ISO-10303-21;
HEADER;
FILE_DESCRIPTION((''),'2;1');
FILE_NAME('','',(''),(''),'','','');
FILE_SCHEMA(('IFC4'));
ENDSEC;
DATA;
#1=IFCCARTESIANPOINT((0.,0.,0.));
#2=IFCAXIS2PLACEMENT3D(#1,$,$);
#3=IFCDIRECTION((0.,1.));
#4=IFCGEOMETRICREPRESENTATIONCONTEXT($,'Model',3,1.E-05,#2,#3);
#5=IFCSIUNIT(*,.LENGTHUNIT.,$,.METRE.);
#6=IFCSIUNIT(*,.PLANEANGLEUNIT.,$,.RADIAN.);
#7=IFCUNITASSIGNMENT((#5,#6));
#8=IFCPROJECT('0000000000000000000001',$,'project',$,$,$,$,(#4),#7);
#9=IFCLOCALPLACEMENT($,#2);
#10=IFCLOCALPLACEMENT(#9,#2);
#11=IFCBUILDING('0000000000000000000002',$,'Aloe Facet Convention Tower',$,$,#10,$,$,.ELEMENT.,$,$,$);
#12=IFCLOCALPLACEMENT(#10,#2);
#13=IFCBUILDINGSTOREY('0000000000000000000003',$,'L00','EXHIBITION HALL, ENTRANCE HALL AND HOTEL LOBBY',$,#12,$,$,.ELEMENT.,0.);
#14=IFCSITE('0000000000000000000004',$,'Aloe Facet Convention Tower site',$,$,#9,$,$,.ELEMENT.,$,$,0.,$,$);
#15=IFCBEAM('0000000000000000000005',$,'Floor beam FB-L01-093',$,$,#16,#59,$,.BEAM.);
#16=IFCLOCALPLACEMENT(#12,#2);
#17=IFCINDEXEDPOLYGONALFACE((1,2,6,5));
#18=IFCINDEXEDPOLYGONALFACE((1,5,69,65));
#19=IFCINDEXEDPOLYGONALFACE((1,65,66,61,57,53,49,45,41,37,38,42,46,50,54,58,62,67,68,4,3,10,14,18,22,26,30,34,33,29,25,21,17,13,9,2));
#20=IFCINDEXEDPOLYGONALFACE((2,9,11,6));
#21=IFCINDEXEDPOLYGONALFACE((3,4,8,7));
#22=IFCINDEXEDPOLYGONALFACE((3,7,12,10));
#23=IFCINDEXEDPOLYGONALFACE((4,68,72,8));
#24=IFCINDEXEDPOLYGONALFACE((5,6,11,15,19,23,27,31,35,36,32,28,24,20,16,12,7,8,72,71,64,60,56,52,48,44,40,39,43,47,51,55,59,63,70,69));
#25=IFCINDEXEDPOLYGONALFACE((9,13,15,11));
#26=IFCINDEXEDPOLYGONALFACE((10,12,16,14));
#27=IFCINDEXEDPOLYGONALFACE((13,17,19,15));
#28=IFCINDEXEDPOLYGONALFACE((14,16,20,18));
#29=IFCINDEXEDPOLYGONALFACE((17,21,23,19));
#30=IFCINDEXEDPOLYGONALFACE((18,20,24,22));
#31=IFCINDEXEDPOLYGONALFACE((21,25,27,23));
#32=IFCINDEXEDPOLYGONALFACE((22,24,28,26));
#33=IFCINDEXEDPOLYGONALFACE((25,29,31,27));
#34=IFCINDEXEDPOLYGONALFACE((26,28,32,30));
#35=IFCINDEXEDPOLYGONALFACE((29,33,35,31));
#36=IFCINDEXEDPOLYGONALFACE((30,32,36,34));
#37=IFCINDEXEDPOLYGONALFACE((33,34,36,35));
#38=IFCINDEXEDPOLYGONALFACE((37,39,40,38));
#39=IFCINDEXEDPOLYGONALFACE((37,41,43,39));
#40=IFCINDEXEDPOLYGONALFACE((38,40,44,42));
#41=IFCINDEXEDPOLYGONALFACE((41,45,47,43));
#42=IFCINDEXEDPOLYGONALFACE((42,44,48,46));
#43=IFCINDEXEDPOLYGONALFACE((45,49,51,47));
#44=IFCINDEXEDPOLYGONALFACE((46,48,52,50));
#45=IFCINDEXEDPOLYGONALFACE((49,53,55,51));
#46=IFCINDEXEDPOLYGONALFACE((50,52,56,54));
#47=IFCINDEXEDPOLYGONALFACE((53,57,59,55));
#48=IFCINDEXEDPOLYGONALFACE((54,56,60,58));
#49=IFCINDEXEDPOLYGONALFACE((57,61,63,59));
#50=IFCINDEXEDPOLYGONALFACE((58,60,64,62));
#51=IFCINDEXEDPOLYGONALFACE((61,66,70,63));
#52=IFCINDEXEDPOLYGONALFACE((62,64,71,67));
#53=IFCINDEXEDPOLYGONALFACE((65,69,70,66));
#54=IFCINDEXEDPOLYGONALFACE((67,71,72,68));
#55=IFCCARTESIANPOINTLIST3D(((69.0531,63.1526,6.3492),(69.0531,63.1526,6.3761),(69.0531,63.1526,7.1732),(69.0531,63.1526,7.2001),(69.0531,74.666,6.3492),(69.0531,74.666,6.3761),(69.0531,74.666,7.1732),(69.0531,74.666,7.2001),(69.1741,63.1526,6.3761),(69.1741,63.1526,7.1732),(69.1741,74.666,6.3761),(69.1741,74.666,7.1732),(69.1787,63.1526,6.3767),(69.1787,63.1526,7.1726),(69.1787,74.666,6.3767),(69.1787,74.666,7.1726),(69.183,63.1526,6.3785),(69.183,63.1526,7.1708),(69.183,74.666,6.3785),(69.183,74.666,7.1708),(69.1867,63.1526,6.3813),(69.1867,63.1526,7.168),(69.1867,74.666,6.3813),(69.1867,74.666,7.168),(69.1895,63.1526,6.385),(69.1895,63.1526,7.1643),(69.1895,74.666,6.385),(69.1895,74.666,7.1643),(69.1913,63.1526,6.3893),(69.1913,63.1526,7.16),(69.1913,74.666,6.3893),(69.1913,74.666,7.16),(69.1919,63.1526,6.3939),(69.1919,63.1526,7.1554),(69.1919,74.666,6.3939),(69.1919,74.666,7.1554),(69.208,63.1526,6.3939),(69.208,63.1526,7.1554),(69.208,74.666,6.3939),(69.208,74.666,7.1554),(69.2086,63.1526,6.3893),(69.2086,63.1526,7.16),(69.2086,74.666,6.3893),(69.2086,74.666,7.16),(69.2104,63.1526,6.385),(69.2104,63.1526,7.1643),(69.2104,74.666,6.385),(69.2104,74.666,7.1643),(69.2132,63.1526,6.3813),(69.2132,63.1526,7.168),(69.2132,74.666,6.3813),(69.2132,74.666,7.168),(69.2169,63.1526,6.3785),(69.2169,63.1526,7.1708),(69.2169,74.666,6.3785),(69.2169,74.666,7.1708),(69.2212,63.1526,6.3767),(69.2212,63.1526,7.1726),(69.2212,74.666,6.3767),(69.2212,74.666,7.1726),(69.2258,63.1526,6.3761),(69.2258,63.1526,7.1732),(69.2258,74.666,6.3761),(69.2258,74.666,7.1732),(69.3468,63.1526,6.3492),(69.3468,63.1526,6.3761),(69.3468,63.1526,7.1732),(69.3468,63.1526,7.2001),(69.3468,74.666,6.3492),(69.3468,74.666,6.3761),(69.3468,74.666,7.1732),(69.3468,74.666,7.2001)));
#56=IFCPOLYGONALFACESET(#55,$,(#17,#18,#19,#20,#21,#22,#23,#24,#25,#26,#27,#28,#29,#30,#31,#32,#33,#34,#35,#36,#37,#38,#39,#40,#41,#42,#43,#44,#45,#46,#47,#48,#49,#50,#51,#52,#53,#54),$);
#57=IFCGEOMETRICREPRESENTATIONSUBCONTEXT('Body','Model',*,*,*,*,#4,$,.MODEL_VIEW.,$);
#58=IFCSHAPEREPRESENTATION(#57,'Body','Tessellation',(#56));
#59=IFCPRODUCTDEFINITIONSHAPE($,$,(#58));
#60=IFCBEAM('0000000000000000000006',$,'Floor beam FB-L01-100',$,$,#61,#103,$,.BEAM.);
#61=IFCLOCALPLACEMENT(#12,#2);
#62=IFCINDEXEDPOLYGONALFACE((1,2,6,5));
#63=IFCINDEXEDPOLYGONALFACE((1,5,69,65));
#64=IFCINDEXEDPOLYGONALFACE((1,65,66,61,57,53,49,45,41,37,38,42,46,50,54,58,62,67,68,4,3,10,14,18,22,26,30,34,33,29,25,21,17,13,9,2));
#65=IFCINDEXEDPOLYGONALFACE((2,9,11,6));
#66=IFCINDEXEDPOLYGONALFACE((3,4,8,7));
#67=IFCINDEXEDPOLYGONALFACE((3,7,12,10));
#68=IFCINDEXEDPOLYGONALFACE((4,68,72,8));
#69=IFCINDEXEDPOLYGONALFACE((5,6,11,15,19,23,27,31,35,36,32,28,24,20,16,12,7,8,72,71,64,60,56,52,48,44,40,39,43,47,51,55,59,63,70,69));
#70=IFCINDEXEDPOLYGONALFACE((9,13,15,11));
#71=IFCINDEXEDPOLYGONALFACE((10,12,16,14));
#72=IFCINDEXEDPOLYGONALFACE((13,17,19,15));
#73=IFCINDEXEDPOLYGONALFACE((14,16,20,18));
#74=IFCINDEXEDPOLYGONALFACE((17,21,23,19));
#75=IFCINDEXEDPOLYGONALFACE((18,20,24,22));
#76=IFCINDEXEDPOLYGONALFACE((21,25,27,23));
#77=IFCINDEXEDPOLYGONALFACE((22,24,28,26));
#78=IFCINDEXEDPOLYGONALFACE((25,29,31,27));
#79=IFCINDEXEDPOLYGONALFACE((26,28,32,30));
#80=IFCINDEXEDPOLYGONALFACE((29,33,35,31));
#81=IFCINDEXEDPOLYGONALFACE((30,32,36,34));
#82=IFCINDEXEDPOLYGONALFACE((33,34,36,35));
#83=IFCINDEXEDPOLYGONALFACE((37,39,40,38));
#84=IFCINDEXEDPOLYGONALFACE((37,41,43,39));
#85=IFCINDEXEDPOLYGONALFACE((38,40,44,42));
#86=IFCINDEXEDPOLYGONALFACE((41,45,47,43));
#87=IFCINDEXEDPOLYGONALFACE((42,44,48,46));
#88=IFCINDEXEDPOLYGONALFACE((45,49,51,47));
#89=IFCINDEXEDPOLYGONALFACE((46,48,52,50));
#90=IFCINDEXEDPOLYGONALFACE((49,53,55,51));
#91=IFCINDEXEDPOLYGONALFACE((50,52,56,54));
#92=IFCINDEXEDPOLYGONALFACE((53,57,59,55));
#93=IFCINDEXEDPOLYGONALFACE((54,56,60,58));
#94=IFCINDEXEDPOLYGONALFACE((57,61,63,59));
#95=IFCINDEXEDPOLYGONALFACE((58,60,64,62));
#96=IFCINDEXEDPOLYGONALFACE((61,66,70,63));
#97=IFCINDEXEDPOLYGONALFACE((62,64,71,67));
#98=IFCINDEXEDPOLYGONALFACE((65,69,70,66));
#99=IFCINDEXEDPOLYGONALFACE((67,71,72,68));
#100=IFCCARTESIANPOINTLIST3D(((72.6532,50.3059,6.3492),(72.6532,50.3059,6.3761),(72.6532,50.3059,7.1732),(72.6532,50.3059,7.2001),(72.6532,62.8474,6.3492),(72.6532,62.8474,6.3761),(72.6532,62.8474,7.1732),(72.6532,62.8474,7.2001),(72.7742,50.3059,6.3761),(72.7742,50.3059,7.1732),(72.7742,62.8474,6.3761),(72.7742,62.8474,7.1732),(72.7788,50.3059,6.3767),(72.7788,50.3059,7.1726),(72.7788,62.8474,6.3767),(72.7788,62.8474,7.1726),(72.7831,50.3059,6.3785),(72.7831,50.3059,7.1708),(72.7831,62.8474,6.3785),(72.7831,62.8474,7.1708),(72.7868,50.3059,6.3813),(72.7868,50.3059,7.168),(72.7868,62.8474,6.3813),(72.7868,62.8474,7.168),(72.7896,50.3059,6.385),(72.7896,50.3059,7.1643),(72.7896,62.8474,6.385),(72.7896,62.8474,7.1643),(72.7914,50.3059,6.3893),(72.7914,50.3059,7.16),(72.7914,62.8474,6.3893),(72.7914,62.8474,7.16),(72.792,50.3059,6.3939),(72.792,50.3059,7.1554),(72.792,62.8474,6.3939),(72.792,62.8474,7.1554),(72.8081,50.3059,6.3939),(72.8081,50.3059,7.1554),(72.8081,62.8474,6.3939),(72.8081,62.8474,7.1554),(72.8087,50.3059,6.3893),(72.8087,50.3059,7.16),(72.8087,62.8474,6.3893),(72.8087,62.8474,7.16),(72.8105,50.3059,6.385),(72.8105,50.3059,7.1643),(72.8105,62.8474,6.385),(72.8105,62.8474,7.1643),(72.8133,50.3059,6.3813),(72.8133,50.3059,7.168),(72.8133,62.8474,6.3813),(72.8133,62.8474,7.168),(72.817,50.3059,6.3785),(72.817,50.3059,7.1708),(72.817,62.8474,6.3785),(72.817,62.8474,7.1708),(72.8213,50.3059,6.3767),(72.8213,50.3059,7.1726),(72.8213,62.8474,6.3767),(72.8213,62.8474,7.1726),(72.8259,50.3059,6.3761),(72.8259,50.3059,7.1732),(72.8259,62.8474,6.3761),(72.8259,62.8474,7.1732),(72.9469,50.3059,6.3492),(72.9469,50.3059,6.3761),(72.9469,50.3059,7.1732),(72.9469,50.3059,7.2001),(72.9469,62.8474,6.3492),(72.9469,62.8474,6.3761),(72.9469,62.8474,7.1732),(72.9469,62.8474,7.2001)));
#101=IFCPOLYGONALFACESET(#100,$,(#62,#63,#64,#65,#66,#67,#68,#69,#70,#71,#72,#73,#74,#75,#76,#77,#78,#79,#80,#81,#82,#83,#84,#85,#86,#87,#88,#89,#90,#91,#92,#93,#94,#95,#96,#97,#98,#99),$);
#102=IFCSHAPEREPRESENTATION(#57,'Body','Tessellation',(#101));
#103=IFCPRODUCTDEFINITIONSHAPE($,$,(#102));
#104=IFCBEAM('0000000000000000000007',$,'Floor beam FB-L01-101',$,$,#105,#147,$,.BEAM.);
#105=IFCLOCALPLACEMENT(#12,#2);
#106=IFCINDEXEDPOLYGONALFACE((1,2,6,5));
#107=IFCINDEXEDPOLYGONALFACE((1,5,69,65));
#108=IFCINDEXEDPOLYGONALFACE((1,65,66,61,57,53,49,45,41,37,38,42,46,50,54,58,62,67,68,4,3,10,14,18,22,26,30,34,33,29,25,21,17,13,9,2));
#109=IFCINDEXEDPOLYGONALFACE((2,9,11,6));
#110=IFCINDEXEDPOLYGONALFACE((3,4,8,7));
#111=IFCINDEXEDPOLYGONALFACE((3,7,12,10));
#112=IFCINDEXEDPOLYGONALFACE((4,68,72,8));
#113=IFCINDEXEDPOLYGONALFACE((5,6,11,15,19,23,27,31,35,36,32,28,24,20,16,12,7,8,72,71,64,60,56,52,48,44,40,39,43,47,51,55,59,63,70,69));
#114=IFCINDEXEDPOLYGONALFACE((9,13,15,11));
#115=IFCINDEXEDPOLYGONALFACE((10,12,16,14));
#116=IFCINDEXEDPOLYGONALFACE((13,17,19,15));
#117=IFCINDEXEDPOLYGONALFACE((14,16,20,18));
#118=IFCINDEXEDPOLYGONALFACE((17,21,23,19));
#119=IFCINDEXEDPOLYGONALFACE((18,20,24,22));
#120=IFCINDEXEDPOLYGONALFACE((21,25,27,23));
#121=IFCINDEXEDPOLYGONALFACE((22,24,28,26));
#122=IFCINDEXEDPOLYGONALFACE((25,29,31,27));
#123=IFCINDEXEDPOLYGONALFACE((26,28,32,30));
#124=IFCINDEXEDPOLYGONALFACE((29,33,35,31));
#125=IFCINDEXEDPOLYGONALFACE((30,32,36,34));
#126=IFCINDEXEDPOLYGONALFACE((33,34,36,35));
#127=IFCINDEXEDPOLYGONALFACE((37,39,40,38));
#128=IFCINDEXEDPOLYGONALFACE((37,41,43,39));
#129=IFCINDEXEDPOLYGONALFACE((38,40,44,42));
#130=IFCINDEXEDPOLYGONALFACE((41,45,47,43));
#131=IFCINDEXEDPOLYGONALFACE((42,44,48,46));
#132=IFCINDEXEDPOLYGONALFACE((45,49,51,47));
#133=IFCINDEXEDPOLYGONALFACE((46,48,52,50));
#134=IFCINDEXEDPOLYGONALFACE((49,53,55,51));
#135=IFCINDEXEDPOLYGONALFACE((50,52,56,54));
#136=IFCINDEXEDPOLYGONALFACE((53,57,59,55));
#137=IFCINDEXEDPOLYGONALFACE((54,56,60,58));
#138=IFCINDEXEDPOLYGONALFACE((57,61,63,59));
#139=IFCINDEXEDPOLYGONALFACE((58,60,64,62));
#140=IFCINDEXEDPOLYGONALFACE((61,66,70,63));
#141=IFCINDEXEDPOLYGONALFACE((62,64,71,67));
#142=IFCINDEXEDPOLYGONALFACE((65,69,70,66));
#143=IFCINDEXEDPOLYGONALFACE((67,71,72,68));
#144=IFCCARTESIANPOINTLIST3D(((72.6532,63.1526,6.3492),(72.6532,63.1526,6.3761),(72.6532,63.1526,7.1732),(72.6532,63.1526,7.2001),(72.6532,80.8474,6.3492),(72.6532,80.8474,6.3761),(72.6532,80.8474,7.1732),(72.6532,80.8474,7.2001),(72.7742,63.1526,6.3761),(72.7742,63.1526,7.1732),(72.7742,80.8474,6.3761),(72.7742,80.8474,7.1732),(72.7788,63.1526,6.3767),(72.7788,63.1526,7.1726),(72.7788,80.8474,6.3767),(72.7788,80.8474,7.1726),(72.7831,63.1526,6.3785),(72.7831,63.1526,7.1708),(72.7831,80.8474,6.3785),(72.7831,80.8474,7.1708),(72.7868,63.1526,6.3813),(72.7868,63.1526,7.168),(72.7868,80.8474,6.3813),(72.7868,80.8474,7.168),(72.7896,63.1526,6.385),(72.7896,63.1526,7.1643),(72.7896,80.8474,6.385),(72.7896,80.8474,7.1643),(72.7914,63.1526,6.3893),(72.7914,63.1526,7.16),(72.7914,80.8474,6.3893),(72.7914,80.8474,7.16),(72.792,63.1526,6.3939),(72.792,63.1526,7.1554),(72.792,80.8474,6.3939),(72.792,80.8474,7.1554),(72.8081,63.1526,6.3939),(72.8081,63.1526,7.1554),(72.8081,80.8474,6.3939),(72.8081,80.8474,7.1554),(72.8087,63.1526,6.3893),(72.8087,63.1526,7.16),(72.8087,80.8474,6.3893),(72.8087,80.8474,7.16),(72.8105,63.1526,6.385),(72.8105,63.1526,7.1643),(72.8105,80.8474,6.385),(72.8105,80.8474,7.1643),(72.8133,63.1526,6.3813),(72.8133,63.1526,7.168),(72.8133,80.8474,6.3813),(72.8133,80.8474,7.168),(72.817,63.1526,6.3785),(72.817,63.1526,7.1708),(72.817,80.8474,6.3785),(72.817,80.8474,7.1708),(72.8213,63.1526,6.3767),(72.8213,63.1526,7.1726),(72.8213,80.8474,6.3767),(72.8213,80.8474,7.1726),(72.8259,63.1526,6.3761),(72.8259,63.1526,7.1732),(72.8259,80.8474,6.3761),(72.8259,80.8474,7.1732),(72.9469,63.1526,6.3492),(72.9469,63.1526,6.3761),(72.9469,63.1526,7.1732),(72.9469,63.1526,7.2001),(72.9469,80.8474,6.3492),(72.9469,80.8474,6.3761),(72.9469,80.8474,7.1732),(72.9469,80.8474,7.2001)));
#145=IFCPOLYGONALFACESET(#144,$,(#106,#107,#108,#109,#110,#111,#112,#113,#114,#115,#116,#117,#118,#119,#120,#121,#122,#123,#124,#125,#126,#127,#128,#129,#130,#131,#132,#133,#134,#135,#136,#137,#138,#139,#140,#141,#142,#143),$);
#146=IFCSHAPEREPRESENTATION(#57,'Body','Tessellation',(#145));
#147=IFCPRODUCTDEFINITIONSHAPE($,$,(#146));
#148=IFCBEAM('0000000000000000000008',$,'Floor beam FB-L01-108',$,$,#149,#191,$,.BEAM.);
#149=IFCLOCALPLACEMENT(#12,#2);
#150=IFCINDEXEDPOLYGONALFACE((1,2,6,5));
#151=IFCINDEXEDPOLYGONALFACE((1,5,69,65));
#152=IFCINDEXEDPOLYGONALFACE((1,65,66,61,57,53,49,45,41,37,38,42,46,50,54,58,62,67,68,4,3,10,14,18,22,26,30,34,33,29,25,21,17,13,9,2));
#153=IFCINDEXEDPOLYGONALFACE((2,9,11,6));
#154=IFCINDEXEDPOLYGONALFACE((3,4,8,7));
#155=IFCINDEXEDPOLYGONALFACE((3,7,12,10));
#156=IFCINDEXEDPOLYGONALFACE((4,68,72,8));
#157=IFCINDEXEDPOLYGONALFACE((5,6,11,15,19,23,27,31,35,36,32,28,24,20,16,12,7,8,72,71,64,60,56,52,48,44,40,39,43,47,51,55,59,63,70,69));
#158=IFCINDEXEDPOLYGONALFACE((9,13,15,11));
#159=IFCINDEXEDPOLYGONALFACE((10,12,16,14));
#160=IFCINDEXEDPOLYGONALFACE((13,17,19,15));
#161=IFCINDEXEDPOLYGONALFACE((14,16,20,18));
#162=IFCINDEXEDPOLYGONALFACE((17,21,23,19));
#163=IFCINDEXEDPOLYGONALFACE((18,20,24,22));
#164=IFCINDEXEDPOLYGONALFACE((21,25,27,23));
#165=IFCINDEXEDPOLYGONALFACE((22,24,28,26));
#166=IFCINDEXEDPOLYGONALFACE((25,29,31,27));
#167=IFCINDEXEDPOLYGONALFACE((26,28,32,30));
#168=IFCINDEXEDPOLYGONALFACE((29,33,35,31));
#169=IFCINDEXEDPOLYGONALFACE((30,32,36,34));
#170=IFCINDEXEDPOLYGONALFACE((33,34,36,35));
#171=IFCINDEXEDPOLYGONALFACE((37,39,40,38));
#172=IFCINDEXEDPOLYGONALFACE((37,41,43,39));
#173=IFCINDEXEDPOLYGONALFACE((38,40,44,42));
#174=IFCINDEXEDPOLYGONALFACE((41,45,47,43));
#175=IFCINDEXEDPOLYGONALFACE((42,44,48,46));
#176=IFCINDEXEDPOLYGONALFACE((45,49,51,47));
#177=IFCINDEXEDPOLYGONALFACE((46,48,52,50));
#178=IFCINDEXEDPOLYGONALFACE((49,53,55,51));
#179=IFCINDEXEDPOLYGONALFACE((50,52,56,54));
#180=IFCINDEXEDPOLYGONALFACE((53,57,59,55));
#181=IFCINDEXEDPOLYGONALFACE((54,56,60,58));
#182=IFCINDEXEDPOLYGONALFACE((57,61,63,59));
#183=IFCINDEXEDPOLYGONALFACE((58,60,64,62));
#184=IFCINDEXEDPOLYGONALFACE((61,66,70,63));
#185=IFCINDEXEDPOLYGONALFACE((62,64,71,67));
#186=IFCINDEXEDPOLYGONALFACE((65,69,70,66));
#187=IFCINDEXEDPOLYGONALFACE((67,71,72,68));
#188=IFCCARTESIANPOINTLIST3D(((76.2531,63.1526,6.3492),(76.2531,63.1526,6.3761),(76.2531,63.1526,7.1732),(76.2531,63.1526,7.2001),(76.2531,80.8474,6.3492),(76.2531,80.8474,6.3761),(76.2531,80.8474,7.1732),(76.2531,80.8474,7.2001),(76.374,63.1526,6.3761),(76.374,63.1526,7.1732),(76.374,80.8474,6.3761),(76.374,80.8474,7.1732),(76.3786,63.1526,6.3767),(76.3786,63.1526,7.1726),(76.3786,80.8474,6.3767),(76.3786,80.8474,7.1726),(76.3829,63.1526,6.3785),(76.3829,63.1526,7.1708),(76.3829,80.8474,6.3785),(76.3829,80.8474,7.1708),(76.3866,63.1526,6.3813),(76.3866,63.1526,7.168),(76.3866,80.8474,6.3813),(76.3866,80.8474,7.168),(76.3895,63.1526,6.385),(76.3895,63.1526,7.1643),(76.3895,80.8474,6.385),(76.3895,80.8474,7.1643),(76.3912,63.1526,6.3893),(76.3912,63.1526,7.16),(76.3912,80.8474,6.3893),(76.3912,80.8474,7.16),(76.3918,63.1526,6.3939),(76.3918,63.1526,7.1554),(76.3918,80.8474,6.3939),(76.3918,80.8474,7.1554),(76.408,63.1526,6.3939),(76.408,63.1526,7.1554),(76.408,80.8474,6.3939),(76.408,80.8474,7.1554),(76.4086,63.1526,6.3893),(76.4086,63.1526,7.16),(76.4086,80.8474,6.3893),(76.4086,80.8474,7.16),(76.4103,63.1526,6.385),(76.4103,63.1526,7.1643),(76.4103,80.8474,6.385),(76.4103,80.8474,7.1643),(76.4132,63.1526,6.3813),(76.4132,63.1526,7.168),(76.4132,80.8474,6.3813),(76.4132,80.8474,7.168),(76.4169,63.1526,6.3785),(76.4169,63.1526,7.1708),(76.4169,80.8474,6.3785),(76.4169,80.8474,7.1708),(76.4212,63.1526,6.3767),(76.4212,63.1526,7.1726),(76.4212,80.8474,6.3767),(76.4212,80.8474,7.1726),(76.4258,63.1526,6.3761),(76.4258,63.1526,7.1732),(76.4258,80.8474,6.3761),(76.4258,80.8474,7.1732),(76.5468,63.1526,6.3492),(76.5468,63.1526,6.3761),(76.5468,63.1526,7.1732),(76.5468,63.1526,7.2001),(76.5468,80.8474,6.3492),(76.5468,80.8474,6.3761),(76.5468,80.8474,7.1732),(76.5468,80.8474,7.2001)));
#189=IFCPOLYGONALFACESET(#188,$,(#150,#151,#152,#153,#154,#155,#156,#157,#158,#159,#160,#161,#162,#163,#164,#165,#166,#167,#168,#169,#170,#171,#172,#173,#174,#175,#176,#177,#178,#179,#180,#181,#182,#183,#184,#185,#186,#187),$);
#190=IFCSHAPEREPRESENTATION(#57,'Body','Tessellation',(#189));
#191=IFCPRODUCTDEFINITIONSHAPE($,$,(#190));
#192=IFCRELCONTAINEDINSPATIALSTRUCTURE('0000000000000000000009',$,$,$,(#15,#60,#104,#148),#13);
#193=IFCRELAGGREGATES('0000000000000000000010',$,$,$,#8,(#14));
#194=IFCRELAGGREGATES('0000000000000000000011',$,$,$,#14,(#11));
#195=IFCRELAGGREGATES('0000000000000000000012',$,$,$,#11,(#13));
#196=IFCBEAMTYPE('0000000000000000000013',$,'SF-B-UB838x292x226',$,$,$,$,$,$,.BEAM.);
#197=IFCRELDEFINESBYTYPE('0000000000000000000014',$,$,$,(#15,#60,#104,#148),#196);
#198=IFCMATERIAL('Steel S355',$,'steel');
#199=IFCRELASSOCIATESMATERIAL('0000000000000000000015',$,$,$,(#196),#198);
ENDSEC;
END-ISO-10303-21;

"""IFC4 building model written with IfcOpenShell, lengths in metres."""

from ifc_helpers import new_model, si_unit, direction, frame, origin, origin_2d, place, context, subcontext, project, spatial, i_section, extrude, material, material_profile, profile_set, type_object, element, save


model = new_model("IFC4")

# Units and contexts
model_context = context("Model", 3, precision=1e-05, world=origin(), true_north=direction((0.0, 1.0)))
body_context = subcontext(model_context, "Body", "Model", "MODEL_VIEW")
ifc_project = project(units=[si_unit("LENGTHUNIT", "METRE"), si_unit("PLANEANGLEUNIT", "RADIAN")], contexts=[model_context])

# Site, building, storey
site_placement = place(None, origin())
site = spatial("IfcSite", under=ifc_project, at=site_placement, Name="Aloe Facet Convention Tower site", CompositionType="ELEMENT", RefElevation=0.0)
building_placement = place(site_placement, origin())
building = spatial("IfcBuilding", under=site, at=building_placement, Name="Aloe Facet Convention Tower", CompositionType="ELEMENT")
storey_placement = place(building_placement, origin())
storey = spatial("IfcBuildingStorey", under=building, at=storey_placement, Name="L00", Description="EXHIBITION HALL, ENTRANCE HALL AND HOTEL LOBBY", CompositionType="ELEMENT", Elevation=0.0)

# Beams
ifc_material_1 = material(Name="Steel S355", Category="steel")
ifc_material_profile_1 = material_profile(ifc_material_1, i_section(OverallWidth=0.2937, OverallDepth=0.8508, WebThickness=0.0161, FlangeThickness=0.0269, FilletRadius=0.0178, at=origin_2d()), Name="UB 838x292x226")
ifc_profile_set_1 = profile_set([ifc_material_profile_1], Name="Steel S355")
beam_type_1 = type_object("IfcBeamType", Name="SF-B-UB838x292x226", PredefinedType="BEAM", material=ifc_profile_set_1)
beam_1_placement = place(storey_placement, frame((69.2, 63.1526, 6.7747), z_axis=(0.0, 1.0, 0.0), x_axis=(-1.0, 0.0, 0.0)))
element("IfcBeam", 1, at=beam_1_placement, inside=storey, type_object=beam_type_1, Name="Floor beam FB-L01-093", PredefinedType="BEAM", context=body_context, shape_type="SweptSolid", body=[
    extrude(i_section(OverallWidth=0.2937, OverallDepth=0.8508, WebThickness=0.0161, FlangeThickness=0.0269, FilletRadius=0.0178, at=origin_2d()), origin(), (0.0, 0.0, 1.0), 11.5134),
])
beam_2_placement = place(storey_placement, frame((72.8, 50.3059, 6.7747), z_axis=(0.0, 1.0, 0.0), x_axis=(-1.0, 0.0, 0.0)))
element("IfcBeam", 2, at=beam_2_placement, inside=storey, type_object=beam_type_1, Name="Floor beam FB-L01-100", PredefinedType="BEAM", context=body_context, shape_type="SweptSolid", body=[
    extrude(i_section(OverallWidth=0.2937, OverallDepth=0.8508, WebThickness=0.0161, FlangeThickness=0.0269, FilletRadius=0.0178, at=origin_2d()), origin(), (0.0, 0.0, 1.0), 12.5415),
])
for number, where, z_axis, x_axis, name in (
    (3, (72.8, 63.1526, 6.7747), (0.0, 1.0, 0.0), (-1.0, 0.0, 0.0), "Floor beam FB-L01-101"),
    (4, (76.3999, 63.1526, 6.7747), (0.0, 1.0, 0.0), (-1.0, 0.0, 0.0), "Floor beam FB-L01-108"),
):
    element("IfcBeam", number, at=place(storey_placement, frame(where, z_axis=z_axis, x_axis=x_axis)), inside=storey, type_object=beam_type_1, Name=name, PredefinedType="BEAM", context=body_context, shape_type="SweptSolid", body=[
        extrude(i_section(OverallWidth=0.2937, OverallDepth=0.8508, WebThickness=0.0161, FlangeThickness=0.0269, FilletRadius=0.0178, at=origin_2d()), origin(), (0.0, 0.0, 1.0), 17.6948),
    ])

save(model, "model.ifc")
